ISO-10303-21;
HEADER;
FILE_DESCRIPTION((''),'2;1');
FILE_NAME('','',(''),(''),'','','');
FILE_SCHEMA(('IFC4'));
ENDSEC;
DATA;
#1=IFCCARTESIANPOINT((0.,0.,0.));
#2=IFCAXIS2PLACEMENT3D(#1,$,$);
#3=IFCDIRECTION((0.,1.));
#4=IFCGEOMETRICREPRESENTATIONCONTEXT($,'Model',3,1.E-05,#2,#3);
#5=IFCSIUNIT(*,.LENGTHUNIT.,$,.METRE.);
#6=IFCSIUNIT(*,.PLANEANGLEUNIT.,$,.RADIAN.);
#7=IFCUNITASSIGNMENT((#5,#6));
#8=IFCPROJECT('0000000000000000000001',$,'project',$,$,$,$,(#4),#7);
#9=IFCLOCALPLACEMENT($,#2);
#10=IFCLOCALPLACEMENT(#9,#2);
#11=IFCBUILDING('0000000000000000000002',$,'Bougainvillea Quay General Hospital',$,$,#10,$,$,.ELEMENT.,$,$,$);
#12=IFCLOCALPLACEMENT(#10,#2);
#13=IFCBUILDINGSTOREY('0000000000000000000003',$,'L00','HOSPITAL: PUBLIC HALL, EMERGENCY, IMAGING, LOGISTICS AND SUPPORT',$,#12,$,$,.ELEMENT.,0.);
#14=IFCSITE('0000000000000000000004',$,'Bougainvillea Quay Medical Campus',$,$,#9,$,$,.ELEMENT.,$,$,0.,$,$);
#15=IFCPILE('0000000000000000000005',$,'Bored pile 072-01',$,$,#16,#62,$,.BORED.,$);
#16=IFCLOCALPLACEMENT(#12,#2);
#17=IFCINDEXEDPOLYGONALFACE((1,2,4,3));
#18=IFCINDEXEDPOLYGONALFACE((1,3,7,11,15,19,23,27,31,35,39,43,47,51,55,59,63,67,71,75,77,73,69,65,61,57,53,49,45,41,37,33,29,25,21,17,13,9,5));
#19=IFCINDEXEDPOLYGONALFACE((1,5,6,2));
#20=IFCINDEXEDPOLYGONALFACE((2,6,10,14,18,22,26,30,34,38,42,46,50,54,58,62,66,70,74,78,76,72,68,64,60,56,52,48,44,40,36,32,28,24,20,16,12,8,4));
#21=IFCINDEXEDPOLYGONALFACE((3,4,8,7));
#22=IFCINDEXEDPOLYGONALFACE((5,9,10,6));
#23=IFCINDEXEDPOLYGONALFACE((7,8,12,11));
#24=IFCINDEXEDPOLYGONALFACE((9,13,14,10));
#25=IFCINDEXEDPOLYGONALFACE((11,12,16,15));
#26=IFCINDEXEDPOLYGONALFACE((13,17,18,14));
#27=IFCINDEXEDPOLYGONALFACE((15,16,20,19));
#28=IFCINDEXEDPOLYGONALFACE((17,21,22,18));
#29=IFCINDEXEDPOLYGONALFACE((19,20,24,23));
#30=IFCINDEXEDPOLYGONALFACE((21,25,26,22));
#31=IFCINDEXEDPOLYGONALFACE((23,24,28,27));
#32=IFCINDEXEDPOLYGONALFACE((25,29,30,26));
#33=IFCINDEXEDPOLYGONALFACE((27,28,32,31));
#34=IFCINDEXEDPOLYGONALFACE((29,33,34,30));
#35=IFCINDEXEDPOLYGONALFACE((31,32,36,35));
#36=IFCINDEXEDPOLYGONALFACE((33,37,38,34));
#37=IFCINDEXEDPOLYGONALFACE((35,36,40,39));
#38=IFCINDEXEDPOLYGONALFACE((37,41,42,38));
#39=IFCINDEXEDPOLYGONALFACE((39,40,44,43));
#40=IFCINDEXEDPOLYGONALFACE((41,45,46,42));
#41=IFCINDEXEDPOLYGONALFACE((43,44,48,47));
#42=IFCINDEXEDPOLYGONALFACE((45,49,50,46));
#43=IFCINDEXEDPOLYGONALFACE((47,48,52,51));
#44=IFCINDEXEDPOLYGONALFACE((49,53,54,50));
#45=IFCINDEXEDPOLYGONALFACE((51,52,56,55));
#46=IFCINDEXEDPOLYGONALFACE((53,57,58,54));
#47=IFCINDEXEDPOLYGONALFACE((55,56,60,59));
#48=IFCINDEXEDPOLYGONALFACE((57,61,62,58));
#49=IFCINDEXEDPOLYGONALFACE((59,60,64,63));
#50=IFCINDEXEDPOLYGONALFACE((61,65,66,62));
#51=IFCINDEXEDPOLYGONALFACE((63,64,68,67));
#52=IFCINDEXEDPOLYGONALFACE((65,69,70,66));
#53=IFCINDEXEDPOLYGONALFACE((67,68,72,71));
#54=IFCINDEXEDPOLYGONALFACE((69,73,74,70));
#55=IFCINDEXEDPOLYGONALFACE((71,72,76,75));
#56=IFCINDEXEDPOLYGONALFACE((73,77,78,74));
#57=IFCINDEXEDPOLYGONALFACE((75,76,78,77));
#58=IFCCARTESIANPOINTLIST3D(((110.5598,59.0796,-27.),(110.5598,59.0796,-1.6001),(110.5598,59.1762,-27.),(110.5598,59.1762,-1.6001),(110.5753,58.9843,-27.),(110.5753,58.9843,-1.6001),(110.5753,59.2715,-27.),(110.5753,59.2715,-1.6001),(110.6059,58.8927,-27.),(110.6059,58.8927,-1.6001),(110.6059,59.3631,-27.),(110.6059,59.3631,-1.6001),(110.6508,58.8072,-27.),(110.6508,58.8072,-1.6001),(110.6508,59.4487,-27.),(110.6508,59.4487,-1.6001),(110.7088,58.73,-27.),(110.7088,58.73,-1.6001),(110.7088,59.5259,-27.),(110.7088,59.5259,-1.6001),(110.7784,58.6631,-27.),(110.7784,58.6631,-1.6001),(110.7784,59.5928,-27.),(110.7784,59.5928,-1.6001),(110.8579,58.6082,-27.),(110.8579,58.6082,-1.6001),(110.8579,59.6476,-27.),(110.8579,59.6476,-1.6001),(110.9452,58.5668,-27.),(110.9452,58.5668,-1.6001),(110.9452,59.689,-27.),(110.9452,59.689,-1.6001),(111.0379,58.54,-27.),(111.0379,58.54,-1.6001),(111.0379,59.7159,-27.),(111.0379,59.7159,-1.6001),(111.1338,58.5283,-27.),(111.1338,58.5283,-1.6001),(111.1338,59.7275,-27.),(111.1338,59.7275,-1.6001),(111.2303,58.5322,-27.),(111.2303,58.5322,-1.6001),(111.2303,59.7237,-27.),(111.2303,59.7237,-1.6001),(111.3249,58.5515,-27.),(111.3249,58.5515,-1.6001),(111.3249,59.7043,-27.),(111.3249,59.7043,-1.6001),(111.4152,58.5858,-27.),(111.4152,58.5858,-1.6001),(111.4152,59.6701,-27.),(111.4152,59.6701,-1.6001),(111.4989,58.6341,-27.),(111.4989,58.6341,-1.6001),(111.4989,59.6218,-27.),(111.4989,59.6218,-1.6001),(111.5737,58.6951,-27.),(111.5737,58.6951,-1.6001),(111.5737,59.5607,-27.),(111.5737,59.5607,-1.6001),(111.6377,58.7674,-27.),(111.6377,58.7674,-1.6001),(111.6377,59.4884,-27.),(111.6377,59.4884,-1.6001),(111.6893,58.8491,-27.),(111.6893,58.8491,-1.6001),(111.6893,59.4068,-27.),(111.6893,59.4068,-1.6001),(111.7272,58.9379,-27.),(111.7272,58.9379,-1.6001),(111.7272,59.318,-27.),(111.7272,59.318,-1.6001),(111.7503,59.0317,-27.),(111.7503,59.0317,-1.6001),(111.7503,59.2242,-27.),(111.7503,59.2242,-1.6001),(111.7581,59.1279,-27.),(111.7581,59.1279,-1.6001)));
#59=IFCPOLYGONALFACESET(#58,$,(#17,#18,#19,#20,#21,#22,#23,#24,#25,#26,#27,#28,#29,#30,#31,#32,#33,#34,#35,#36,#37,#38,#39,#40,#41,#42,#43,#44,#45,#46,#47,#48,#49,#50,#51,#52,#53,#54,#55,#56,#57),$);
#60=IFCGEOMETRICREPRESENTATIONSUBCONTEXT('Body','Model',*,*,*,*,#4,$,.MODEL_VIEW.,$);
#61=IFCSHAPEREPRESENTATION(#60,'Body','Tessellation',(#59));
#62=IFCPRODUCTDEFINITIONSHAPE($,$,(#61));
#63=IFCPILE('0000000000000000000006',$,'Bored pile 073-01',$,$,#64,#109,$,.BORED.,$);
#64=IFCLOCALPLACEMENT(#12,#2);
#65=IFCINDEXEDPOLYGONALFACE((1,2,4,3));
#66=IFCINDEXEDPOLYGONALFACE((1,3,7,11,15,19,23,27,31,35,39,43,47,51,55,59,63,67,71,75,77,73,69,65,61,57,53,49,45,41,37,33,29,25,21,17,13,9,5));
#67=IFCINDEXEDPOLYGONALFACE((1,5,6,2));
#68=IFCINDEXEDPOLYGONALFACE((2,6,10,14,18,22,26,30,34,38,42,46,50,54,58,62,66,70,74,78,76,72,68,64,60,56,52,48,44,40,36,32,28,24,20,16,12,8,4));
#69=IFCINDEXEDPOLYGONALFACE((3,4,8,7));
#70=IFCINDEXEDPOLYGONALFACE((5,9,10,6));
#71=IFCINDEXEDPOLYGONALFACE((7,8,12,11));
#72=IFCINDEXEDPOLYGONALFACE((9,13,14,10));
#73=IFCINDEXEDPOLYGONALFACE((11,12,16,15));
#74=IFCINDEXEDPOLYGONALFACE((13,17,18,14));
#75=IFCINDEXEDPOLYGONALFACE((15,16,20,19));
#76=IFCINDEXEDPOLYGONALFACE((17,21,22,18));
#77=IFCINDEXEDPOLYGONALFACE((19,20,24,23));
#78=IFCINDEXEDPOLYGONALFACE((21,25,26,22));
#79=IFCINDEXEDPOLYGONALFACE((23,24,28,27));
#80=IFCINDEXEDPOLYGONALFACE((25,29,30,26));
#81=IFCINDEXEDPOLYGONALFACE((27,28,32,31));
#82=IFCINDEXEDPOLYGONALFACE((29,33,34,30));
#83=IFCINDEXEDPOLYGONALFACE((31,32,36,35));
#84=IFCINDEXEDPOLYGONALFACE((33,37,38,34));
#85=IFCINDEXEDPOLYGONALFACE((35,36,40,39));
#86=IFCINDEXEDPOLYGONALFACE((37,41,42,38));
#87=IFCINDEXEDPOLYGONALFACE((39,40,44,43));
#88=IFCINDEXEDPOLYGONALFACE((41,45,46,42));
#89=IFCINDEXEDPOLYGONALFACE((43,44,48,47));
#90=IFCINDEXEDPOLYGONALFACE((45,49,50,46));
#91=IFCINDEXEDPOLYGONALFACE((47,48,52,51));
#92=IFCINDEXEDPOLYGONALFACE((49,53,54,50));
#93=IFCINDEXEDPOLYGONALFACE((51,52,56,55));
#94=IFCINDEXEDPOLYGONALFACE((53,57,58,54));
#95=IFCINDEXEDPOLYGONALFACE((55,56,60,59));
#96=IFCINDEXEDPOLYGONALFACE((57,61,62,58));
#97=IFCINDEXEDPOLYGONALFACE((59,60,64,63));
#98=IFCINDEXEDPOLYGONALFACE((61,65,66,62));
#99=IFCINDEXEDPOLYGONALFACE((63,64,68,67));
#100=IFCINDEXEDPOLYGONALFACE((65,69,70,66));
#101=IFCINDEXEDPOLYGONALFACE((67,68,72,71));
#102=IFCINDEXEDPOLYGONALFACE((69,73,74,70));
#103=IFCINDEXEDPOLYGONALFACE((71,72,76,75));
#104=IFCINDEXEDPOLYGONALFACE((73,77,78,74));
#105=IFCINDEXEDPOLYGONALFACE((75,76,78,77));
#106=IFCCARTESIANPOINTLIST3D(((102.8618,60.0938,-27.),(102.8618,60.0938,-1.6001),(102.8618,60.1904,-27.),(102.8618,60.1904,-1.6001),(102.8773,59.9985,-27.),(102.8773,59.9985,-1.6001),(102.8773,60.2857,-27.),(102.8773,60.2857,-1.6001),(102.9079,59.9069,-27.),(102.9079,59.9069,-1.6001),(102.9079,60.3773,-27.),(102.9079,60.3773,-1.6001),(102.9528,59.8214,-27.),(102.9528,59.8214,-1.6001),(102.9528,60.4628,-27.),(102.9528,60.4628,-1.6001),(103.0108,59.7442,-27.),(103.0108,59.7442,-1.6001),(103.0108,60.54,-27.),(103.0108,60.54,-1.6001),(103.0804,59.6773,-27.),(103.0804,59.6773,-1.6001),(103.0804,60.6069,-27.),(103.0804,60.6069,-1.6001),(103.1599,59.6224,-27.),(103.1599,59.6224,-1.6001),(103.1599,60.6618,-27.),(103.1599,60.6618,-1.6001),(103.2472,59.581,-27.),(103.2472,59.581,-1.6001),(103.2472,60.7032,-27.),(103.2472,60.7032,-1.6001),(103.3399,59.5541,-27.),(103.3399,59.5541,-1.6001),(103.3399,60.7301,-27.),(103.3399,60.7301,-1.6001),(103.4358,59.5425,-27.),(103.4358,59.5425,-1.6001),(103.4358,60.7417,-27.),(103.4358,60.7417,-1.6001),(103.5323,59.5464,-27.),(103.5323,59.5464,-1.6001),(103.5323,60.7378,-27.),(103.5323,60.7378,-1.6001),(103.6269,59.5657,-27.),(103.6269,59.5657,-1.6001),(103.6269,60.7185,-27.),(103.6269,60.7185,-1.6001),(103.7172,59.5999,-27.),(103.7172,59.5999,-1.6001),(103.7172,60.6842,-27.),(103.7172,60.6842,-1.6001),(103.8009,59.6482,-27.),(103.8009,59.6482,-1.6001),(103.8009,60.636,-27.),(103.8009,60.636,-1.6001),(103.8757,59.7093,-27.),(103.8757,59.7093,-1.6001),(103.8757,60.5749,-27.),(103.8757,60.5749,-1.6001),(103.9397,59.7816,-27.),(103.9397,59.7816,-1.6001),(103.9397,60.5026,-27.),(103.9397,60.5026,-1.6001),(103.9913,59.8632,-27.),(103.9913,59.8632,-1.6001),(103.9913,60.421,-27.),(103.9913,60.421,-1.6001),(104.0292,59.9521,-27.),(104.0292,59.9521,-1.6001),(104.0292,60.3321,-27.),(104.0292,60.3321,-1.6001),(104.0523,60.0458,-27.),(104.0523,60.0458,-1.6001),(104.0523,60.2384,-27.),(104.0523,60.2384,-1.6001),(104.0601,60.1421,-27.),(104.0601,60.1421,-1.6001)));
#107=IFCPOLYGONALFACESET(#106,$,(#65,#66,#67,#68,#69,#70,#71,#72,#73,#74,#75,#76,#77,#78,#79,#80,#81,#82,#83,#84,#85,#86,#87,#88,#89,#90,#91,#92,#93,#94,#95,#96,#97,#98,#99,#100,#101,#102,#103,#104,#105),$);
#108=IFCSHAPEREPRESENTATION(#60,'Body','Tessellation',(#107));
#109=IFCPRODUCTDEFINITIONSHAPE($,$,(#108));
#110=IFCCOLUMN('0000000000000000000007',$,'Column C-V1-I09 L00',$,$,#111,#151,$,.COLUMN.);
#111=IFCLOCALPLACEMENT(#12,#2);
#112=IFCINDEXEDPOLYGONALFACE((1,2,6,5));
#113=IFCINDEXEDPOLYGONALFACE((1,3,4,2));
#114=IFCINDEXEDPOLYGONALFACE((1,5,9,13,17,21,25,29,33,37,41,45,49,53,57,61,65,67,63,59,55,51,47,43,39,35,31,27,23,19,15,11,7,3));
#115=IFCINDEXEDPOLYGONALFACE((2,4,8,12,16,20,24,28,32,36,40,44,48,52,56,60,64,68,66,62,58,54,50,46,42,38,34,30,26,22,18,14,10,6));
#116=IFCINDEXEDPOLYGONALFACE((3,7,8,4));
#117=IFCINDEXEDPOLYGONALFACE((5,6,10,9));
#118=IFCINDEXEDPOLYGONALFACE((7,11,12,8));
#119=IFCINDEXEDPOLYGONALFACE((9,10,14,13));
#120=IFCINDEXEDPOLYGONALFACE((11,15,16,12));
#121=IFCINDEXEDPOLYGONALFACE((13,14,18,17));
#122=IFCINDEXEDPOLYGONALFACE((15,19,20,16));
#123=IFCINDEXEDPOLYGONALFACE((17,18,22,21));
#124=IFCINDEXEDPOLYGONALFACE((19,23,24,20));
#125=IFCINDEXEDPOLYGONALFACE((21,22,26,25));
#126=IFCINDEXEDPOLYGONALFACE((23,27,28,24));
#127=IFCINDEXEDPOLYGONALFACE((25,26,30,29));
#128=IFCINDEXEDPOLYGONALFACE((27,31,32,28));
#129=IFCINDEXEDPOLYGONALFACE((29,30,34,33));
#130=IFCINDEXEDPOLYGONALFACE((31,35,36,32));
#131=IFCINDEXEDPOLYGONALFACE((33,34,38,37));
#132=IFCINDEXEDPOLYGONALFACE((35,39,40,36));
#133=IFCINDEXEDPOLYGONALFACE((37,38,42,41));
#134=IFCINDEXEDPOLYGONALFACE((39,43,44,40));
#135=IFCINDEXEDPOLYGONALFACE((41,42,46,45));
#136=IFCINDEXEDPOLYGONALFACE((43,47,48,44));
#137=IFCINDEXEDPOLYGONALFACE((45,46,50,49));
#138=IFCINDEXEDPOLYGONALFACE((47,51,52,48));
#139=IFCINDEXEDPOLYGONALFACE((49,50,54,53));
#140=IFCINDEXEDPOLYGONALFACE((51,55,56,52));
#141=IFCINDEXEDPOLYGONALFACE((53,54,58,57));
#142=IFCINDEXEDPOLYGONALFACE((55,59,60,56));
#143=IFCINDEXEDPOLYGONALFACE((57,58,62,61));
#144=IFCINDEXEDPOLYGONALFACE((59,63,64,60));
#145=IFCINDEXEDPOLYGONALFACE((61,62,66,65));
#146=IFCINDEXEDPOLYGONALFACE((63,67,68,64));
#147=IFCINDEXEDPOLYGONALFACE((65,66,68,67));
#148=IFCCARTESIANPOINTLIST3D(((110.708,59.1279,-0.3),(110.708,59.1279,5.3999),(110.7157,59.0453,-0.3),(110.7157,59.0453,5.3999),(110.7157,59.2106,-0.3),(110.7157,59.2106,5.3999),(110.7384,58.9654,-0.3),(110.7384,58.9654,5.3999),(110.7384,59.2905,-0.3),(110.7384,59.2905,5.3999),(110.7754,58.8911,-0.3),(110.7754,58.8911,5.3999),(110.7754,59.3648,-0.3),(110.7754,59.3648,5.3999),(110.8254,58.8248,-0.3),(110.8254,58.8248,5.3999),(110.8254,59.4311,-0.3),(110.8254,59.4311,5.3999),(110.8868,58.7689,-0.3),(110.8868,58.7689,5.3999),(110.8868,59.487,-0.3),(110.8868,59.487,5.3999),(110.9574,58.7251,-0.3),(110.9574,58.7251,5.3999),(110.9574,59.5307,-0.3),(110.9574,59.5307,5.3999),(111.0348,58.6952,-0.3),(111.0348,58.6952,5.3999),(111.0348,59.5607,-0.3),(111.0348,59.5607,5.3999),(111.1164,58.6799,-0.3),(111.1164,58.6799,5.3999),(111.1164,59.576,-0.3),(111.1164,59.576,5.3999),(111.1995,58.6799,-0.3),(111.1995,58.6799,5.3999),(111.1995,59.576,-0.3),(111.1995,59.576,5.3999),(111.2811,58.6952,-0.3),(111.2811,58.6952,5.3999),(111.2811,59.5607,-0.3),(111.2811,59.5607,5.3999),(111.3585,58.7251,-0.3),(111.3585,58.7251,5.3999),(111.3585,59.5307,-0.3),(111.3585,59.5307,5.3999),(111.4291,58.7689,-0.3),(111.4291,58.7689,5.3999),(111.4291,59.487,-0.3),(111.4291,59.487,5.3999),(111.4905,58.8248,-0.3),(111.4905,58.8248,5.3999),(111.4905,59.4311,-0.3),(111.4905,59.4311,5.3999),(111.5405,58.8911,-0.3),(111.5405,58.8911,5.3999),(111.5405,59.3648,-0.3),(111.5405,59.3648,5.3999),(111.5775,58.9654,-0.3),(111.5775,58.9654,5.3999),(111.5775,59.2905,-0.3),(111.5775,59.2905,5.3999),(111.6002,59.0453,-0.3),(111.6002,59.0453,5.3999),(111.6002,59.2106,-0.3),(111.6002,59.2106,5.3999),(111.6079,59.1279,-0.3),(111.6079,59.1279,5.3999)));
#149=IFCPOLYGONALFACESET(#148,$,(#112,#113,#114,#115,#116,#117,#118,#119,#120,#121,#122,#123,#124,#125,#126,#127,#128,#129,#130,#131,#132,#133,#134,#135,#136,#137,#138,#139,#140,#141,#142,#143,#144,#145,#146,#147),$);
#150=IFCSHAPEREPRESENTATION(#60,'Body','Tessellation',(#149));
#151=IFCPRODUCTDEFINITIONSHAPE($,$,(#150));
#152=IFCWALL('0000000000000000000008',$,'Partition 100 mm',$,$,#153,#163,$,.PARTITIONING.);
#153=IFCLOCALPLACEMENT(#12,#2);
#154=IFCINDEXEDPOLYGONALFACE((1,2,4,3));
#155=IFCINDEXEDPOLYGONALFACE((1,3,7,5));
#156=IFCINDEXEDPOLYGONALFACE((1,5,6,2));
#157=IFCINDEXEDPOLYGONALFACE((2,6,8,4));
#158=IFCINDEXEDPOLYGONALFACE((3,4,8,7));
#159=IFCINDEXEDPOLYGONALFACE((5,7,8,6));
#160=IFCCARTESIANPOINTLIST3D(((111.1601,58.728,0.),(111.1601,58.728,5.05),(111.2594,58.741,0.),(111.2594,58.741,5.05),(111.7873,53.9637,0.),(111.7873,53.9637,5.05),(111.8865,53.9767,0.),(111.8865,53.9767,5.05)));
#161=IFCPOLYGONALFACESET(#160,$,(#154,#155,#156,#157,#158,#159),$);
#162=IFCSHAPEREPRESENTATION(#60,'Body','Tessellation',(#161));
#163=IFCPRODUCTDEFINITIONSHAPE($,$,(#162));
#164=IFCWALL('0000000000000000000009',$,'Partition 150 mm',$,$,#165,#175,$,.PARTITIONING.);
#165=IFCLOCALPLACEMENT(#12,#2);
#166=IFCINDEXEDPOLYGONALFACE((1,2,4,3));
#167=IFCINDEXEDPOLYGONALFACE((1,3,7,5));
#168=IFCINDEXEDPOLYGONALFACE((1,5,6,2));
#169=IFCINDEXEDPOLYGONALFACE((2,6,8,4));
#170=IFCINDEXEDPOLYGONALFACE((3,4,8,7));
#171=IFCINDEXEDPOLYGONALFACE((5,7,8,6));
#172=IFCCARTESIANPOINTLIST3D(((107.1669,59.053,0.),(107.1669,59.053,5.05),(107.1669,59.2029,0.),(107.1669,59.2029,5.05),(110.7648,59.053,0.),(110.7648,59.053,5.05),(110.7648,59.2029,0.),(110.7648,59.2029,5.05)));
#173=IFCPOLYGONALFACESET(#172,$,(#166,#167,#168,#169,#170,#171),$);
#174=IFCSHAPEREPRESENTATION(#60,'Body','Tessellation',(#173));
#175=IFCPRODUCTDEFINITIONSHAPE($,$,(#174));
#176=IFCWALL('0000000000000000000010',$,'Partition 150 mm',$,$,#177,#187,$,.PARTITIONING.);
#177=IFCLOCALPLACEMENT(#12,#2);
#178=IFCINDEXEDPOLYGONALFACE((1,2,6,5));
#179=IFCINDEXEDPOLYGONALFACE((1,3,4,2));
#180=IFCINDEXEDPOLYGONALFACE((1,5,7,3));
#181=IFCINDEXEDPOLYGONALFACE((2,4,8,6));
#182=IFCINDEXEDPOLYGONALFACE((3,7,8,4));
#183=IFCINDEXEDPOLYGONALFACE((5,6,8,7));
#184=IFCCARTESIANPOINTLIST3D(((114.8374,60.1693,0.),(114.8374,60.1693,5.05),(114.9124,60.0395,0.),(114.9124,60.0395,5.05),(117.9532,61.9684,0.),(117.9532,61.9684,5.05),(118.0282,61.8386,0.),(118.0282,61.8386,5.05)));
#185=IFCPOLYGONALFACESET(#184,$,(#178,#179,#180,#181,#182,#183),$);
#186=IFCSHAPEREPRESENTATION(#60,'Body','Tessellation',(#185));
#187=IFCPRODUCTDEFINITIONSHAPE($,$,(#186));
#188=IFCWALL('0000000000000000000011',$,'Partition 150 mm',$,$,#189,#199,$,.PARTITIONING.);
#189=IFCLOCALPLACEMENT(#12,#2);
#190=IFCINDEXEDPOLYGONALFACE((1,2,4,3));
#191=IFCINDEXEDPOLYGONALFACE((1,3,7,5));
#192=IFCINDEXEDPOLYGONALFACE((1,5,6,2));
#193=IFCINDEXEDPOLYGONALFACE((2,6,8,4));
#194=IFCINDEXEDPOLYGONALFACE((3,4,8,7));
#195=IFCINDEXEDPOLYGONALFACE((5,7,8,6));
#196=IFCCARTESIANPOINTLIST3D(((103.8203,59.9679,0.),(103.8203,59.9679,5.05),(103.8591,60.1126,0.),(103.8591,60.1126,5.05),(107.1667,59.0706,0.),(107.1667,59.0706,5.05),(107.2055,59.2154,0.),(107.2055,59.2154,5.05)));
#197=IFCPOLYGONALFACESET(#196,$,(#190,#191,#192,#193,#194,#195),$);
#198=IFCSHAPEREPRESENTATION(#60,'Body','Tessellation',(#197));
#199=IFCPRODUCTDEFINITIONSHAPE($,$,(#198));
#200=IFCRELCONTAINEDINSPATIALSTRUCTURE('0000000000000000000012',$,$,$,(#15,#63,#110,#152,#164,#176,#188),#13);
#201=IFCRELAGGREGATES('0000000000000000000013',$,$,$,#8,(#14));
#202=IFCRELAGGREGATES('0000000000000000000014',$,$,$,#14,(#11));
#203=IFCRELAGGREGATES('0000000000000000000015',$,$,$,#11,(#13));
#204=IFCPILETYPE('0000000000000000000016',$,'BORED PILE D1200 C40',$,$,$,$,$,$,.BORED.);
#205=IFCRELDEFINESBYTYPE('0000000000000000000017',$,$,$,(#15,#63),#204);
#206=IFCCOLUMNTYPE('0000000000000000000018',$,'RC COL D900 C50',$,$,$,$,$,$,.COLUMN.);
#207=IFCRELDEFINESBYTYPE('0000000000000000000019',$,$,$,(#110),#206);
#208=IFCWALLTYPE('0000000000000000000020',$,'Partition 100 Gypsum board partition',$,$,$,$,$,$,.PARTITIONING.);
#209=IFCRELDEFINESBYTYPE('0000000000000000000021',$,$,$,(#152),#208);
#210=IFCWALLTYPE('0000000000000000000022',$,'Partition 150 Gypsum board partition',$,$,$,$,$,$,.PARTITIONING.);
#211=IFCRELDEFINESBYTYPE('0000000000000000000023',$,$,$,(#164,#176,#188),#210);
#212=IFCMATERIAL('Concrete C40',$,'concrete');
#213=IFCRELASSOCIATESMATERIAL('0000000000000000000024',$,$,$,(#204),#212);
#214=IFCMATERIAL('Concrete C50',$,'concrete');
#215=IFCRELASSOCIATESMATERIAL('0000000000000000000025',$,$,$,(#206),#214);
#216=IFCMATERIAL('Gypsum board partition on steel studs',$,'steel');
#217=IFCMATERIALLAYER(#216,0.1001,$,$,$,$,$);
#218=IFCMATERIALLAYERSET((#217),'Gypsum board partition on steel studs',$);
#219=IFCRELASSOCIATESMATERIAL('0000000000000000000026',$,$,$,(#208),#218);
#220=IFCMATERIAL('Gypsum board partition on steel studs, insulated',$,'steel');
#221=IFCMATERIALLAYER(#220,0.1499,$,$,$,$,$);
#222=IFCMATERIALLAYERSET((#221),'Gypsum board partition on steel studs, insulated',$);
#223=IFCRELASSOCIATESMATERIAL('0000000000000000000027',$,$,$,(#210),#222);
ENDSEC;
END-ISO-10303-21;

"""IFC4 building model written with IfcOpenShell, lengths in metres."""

from ifc_helpers import new_model, si_unit, direction, frame, frame_2d, origin, origin_2d, place, context, subcontext, project, spatial, rectangle, circle, extrude, material, layer, layer_set, material_profile, profile_set, type_object, element, save


model = new_model("IFC4")

# Units and contexts
model_context = context("Model", 3, precision=1e-05, world=origin(), true_north=direction((0.0, 1.0)))
body_context = subcontext(model_context, "Body", "Model", "MODEL_VIEW")
ifc_project = project(units=[si_unit("LENGTHUNIT", "METRE"), si_unit("PLANEANGLEUNIT", "RADIAN")], contexts=[model_context])

# Site, building, storey
site_placement = place(None, origin())
site = spatial("IfcSite", under=ifc_project, at=site_placement, Name="Bougainvillea Quay Medical Campus", CompositionType="ELEMENT", RefElevation=0.0)
building_placement = place(site_placement, origin())
building = spatial("IfcBuilding", under=site, at=building_placement, Name="Bougainvillea Quay General Hospital", CompositionType="ELEMENT")
storey_placement = place(building_placement, origin())
storey = spatial("IfcBuildingStorey", under=building, at=storey_placement, Name="L00", Description="HOSPITAL: PUBLIC HALL, EMERGENCY, IMAGING, LOGISTICS AND SUPPORT", CompositionType="ELEMENT", Elevation=0.0)

# Piles
ifc_material_1 = material(Name="Concrete C40", Category="concrete")
ifc_material_profile_1 = material_profile(ifc_material_1, circle(Radius=0.6001, at=origin_2d()))
ifc_profile_set_1 = profile_set([ifc_material_profile_1], Name="Concrete C40")
pile_type = type_object("IfcPileType", Name="BORED PILE D1200 C40", PredefinedType="BORED", material=ifc_profile_set_1)
for number, where, z_axis, x_axis, name in (
    (1, (111.158, 59.1279, -1.6001), (0.0, 0.0, -1.0), (1.0, 0.0, 0.0), "Bored pile 072-01"),
    (2, (103.46, 60.1421, -1.6001), (0.0, 0.0, -1.0), (1.0, 0.0, 0.0), "Bored pile 073-01"),
):
    element("IfcPile", number, at=place(storey_placement, frame(where, z_axis=z_axis, x_axis=x_axis)), inside=storey, type_object=pile_type, Name=name, PredefinedType="BORED", context=body_context, shape_type="SweptSolid", body=[
        extrude(circle(Radius=0.6001, at=origin_2d()), origin(), (0.0, 0.0, 1.0), 25.3999),
    ])

# Column
ifc_material_2 = material(Name="Concrete C50", Category="concrete")
ifc_material_profile_2 = material_profile(ifc_material_2, circle(Radius=0.45, at=origin_2d()))
ifc_profile_set_2 = profile_set([ifc_material_profile_2], Name="Concrete C50")
column_type = type_object("IfcColumnType", Name="RC COL D900 C50", PredefinedType="COLUMN", material=ifc_profile_set_2)
column_placement = place(storey_placement, frame((111.158, 59.1279, -0.3), z_axis=(0.0, 0.0, 1.0), x_axis=(1.0, 0.0, 0.0)))
element("IfcColumn", 3, at=column_placement, inside=storey, type_object=column_type, Name="Column C-V1-I09 L00", PredefinedType="COLUMN", context=body_context, shape_type="SweptSolid", body=[
    extrude(circle(Radius=0.45, at=origin_2d()), origin(), (0.0, 0.0, 1.0), 5.7),
])

# Walls
ifc_material_3 = material(Name="Gypsum board partition on steel studs", Category="steel")
ifc_layer_1 = layer(ifc_material_3, 0.1001)
ifc_layer_set_1 = layer_set([ifc_layer_1], Name="Gypsum board partition on steel studs")
wall_type_1 = type_object("IfcWallType", Name="Partition 100 Gypsum board partition", PredefinedType="PARTITIONING", material=ifc_layer_set_1)
wall_1_placement = place(storey_placement, frame((111.2097, 58.7346, 0.0), z_axis=(0.0, 0.0, 1.0), x_axis=(0.130516, -0.991446, 0.0)))
element("IfcWall", 4, at=wall_1_placement, inside=storey, type_object=wall_type_1, Name="Partition 100 mm", PredefinedType="PARTITIONING", context=body_context, shape_type="SweptSolid", body=[
    extrude(rectangle(XDim=4.8054, YDim=0.1001, at=frame_2d((2.4028, 0.0))), origin(), (0.0, 0.0, 1.0), 5.05),
])
ifc_material_4 = material(Name="Gypsum board partition on steel studs, insulated", Category="steel")
ifc_layer_2 = layer(ifc_material_4, 0.1499)
ifc_layer_set_2 = layer_set([ifc_layer_2], Name="Gypsum board partition on steel studs, insulated")
wall_type_2 = type_object("IfcWallType", Name="Partition 150 Gypsum board partition", PredefinedType="PARTITIONING", material=ifc_layer_set_2)
for number, where, z_axis, x_axis, name in (
    (5, (107.167, 59.1279, 0.0), (0.0, 0.0, 1.0), (1.0, 0.0, 0.0), "Partition 150 mm"),
    (6, (114.875, 60.1045, 0.0), (0.0, 0.0, 1.0), (0.866, 0.500044, 0.0), "Partition 150 mm"),
):
    element("IfcWall", number, at=place(storey_placement, frame(where, z_axis=z_axis, x_axis=x_axis)), inside=storey, type_object=wall_type_2, Name=name, PredefinedType="PARTITIONING", context=body_context, shape_type="SweptSolid", body=[
        extrude(rectangle(XDim=3.5979, YDim=0.1499, at=frame_2d((1.7988, 0.0))), origin(), (0.0, 0.0, 1.0), 5.05),
    ])
for number, where, z_axis, x_axis, name in (
    (7, (103.8396, 60.0403, 0.0), (0.0, 0.0, 1.0), (0.965887, -0.258965, 0.0), "Partition 150 mm"),
):
    element("IfcWall", number, at=place(storey_placement, frame(where, z_axis=z_axis, x_axis=x_axis)), inside=storey, type_object=wall_type_2, Name=name, PredefinedType="PARTITIONING", context=body_context, shape_type="SweptSolid", body=[
        extrude(rectangle(XDim=3.4646, YDim=0.1499, at=frame_2d((1.7324, 0.0))), origin(), (0.0, 0.0, 1.0), 5.05),
    ])

save(model, "model.ifc")
